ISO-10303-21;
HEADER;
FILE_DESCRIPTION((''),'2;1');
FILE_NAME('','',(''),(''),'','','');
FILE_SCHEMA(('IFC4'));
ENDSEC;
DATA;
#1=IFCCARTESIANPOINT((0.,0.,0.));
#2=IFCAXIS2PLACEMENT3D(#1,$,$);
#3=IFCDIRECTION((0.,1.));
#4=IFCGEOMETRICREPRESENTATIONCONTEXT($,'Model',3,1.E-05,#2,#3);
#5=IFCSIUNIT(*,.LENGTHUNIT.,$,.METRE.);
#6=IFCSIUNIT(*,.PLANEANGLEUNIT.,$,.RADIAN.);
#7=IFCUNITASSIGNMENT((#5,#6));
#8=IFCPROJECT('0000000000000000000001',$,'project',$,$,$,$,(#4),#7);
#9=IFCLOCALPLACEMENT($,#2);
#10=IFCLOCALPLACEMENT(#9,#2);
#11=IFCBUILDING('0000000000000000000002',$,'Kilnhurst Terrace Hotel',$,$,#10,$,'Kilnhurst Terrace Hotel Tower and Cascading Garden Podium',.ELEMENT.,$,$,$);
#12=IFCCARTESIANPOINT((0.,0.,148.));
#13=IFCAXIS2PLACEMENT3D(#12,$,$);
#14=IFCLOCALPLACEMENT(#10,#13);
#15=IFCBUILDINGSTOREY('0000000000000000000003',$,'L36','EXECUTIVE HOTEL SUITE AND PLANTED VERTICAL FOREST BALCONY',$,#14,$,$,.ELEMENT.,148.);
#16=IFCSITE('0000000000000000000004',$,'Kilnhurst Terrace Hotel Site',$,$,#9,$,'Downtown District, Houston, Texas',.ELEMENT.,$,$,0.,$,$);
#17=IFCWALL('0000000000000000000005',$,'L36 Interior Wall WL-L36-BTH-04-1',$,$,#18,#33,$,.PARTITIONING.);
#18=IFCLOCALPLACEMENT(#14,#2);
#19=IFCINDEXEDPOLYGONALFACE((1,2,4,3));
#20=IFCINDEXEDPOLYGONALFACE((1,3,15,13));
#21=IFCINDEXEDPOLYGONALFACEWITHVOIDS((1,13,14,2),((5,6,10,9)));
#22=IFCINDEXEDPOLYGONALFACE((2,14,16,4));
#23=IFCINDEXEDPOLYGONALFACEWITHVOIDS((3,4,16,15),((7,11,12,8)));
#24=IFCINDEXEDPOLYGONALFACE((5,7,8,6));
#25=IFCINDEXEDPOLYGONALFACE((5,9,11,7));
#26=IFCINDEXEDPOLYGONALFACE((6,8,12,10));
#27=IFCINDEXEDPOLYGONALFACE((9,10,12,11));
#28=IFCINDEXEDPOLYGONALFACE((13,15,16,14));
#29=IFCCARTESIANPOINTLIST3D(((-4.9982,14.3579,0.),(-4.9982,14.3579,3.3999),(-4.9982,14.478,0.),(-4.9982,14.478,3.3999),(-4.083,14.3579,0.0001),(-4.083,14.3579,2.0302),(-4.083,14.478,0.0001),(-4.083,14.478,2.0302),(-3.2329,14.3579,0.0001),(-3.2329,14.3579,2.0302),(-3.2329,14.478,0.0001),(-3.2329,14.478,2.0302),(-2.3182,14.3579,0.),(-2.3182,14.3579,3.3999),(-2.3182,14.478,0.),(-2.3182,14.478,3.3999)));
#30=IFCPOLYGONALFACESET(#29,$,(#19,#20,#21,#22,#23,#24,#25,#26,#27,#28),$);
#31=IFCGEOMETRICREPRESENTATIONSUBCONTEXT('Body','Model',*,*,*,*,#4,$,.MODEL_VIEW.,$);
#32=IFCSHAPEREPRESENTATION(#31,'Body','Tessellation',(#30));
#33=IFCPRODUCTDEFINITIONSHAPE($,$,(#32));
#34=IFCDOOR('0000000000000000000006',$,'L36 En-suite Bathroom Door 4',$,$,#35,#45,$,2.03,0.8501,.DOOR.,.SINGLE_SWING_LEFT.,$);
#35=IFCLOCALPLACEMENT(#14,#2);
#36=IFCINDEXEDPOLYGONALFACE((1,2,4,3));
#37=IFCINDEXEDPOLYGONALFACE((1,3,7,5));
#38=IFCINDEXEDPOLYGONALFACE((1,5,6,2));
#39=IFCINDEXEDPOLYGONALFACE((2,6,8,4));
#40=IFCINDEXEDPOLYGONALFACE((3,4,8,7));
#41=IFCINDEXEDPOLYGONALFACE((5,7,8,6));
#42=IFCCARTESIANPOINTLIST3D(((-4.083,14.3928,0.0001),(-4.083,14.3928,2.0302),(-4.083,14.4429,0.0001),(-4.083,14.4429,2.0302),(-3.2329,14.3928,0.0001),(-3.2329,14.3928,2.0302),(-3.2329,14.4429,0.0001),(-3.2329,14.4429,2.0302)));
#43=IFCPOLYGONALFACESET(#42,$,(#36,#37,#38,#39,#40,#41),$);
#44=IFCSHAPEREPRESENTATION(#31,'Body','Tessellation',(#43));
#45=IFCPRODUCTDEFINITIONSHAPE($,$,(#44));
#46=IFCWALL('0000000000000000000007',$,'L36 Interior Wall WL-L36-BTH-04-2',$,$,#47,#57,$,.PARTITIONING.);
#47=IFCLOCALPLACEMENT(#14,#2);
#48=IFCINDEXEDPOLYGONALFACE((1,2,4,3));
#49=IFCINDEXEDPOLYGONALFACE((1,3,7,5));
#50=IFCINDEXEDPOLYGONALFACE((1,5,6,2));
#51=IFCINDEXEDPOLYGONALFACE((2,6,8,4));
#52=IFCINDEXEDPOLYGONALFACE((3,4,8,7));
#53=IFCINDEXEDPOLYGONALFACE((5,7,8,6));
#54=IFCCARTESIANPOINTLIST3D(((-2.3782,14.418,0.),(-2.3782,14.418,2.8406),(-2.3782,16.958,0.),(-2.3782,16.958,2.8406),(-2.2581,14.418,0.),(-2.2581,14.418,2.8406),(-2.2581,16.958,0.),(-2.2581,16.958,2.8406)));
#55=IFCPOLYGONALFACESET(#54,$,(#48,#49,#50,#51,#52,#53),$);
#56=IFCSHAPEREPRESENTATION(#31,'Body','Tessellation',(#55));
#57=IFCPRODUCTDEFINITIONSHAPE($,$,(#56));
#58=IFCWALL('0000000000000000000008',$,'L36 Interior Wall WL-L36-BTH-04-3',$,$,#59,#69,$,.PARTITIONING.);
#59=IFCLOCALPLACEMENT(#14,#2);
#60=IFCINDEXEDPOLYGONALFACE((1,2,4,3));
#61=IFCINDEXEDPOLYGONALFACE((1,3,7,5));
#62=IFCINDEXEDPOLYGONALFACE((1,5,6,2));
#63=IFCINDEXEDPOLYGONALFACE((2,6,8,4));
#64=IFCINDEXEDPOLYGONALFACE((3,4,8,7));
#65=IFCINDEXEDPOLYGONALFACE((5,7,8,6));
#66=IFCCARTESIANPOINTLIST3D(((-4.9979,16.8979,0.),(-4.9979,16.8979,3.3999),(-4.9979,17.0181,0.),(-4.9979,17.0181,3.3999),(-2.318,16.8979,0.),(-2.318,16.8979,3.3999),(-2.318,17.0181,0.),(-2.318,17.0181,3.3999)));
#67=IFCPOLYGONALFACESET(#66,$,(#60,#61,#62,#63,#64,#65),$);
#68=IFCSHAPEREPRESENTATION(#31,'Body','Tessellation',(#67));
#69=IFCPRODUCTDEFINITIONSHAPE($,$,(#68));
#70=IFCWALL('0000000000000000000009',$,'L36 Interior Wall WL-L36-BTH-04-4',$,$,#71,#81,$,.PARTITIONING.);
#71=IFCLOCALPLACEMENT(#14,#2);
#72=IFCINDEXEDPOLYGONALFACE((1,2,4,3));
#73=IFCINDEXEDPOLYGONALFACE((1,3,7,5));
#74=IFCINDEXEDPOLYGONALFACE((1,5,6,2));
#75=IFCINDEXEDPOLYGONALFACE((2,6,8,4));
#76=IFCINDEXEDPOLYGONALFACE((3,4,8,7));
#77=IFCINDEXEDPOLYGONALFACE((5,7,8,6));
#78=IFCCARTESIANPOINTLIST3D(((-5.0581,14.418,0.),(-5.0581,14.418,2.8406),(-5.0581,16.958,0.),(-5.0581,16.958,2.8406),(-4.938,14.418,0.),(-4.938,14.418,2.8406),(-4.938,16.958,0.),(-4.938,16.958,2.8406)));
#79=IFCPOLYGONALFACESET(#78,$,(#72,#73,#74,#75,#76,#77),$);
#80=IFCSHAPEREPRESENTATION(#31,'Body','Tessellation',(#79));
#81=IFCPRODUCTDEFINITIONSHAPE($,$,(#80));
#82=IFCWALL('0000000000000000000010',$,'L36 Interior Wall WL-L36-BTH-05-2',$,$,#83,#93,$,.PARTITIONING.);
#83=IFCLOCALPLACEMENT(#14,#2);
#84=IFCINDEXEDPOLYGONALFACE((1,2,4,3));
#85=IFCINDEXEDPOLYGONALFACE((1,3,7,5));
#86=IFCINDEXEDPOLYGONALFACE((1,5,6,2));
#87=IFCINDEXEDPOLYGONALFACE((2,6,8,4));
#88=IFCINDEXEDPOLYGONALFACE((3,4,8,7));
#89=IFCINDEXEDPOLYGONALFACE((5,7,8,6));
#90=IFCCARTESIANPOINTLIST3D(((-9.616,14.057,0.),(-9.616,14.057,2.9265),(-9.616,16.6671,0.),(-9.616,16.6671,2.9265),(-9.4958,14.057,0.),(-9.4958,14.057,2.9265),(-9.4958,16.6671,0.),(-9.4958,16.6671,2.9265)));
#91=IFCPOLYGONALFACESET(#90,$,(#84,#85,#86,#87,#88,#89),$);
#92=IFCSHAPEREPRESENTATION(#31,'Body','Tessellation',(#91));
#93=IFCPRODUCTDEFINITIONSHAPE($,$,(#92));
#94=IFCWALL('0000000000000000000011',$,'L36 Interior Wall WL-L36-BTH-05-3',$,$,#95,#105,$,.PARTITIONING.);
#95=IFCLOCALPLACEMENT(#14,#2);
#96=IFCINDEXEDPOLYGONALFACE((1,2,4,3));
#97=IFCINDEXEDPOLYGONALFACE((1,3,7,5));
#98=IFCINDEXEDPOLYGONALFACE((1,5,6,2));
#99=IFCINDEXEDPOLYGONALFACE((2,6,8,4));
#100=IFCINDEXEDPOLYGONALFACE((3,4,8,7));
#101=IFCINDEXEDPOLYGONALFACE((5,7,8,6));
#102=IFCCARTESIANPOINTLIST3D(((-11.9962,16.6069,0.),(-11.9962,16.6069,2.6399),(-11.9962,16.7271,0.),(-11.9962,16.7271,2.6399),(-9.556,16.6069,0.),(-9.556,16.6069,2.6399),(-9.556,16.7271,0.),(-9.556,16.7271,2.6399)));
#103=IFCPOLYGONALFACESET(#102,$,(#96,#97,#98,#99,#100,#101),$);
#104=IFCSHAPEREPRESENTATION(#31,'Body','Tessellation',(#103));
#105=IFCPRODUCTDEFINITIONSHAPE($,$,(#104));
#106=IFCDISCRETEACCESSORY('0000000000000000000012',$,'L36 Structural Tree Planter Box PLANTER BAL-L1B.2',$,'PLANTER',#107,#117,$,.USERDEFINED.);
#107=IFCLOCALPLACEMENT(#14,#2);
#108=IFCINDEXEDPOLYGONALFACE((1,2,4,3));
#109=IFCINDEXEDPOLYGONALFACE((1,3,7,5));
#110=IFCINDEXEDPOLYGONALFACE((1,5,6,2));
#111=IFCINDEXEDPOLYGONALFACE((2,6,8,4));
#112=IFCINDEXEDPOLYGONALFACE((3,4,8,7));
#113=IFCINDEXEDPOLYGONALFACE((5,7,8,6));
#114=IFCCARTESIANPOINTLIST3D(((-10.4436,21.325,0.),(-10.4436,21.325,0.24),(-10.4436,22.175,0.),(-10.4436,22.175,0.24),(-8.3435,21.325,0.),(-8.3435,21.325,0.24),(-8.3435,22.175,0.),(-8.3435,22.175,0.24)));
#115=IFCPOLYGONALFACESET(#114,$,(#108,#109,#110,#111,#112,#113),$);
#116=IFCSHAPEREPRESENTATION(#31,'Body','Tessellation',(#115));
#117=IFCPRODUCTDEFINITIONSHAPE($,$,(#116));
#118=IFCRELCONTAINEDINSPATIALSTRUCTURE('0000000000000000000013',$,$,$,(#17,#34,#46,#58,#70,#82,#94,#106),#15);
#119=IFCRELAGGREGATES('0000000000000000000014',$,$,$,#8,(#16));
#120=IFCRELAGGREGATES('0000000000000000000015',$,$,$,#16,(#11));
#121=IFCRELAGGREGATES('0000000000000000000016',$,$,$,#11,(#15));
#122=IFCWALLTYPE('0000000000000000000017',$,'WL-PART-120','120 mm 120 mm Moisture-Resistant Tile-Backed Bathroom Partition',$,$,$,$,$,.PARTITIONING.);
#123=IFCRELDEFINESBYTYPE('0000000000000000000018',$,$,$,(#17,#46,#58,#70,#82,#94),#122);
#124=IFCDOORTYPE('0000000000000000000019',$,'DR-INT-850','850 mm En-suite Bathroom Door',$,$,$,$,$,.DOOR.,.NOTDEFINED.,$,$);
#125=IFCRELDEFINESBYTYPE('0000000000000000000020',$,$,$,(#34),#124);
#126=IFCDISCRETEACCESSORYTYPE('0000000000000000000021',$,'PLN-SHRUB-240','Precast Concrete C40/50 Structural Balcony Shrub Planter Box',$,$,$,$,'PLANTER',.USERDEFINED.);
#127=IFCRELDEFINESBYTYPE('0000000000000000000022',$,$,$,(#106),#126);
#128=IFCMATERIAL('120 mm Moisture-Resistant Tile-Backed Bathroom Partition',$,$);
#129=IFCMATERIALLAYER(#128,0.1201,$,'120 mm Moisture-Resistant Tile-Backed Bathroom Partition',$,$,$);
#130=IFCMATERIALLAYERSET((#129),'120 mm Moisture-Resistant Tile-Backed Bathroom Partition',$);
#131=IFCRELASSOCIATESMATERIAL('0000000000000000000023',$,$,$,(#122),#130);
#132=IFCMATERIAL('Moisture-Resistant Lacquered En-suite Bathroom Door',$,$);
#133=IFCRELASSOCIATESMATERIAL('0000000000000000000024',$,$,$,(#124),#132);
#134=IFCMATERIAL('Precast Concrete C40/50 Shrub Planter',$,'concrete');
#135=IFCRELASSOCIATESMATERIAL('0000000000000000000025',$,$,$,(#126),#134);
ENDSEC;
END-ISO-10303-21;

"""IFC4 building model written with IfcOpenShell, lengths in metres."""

from ifc_helpers import new_model, si_unit, direction, frame, frame_2d, origin, origin_2d, place, context, subcontext, project, spatial, rectangle, extrude, material, layer, layer_set, type_object, element, fill, save


model = new_model("IFC4")

# Units and contexts
model_context = context("Model", 3, precision=1e-05, world=origin(), true_north=direction((0.0, 1.0)))
body_context = subcontext(model_context, "Body", "Model", "MODEL_VIEW")
ifc_project = project(units=[si_unit("LENGTHUNIT", "METRE"), si_unit("PLANEANGLEUNIT", "RADIAN")], contexts=[model_context])

# Site, building, storey
site_placement = place(None, origin())
site = spatial("IfcSite", under=ifc_project, at=site_placement, Name="Kilnhurst Terrace Hotel Site", LongName="Downtown District, Houston, Texas", CompositionType="ELEMENT", RefElevation=0.0)
building_placement = place(site_placement, origin())
building = spatial("IfcBuilding", under=site, at=building_placement, Name="Kilnhurst Terrace Hotel", LongName="Kilnhurst Terrace Hotel Tower and Cascading Garden Podium", CompositionType="ELEMENT")
storey_placement = place(building_placement, frame((0.0, 0.0, 148.0)))
storey = spatial("IfcBuildingStorey", under=building, at=storey_placement, Name="L36", Description="EXECUTIVE HOTEL SUITE AND PLANTED VERTICAL FOREST BALCONY", CompositionType="ELEMENT", Elevation=148.0)

# Wall, opening, door
ifc_material_1 = material(Name="120 mm Moisture-Resistant Tile-Backed Bathroom Partition")
ifc_layer_1 = layer(ifc_material_1, 0.1201, Name="120 mm Moisture-Resistant Tile-Backed Bathroom Partition")
ifc_layer_set_1 = layer_set([ifc_layer_1], Name="120 mm Moisture-Resistant Tile-Backed Bathroom Partition")
wall_type_1 = type_object("IfcWallType", Name="WL-PART-120", Description="120 mm 120 mm Moisture-Resistant Tile-Backed Bathroom Partition", PredefinedType="PARTITIONING", material=ifc_layer_set_1)
wall_1_placement = place(storey_placement, frame((-4.998, 14.418, 0.0), z_axis=(0.0, 0.0, 1.0), x_axis=(1.0, 0.0, 0.0)))
wall_1 = element("IfcWall", 1, at=wall_1_placement, inside=storey, type_object=wall_type_1, Name="L36 Interior Wall WL-L36-BTH-04-1", PredefinedType="PARTITIONING", context=body_context, shape_type="SweptSolid", body=[
    extrude(rectangle(XDim=2.6799, YDim=0.1201, at=frame_2d((1.3398, 0.0))), origin(), (0.0, 0.0, 1.0), 3.3999),
])
opening_placement = place(wall_1_placement, frame((0.915, 0.0, 0.0)))
opening = element("IfcOpeningElement", 2, at=opening_placement, cuts=wall_1, PredefinedType="OPENING", context=body_context, shape_type="SweptSolid", body=[
    extrude(rectangle(XDim=0.8501, YDim=2.03, at=frame_2d((0.425, 1.0151))), frame((0.0, 0.0701, 0.0), z_axis=(0.0, -1.0, 0.0), x_axis=(1.0, 0.0, 0.0)), (0.0, 0.0, 1.0), 0.1401),
])
ifc_material_2 = material(Name="Moisture-Resistant Lacquered En-suite Bathroom Door")
door_type = type_object("IfcDoorType", Name="DR-INT-850", Description="850 mm En-suite Bathroom Door", OperationType="NOTDEFINED", PredefinedType="DOOR", material=ifc_material_2)
door_placement = place(opening_placement, origin())
door = element("IfcDoor", 3, at=door_placement, inside=storey, type_object=door_type, Name="L36 En-suite Bathroom Door 4", OperationType="SINGLE_SWING_LEFT", OverallHeight=2.03, OverallWidth=0.8501, PredefinedType="DOOR", context=body_context, shape_type="SweptSolid", body=[
    extrude(rectangle(XDim=0.8501, YDim=2.03, at=frame_2d((0.425, 1.0151))), frame((0.0, 0.0249, 0.0), z_axis=(0.0, -1.0, 0.0), x_axis=(1.0, 0.0, 0.0)), (0.0, 0.0, 1.0), 0.05),
])
fill(opening, door)

# Walls
wall_2_placement = place(storey_placement, frame((-2.3181, 14.418, 0.0), z_axis=(0.0, 0.0, 1.0), x_axis=(0.0, 1.0, 0.0)))
element("IfcWall", 4, at=wall_2_placement, inside=storey, type_object=wall_type_1, Name="L36 Interior Wall WL-L36-BTH-04-2", PredefinedType="PARTITIONING", context=body_context, shape_type="SweptSolid", body=[
    extrude(rectangle(XDim=2.54, YDim=0.1201, at=frame_2d((1.27, 0.0))), origin(), (0.0, 0.0, 1.0), 2.8406),
])
wall_3_placement = place(storey_placement, frame((-2.3181, 16.958, 0.0), z_axis=(0.0, 0.0, 1.0), x_axis=(-1.0, 0.0, 0.0)))
element("IfcWall", 5, at=wall_3_placement, inside=storey, type_object=wall_type_1, Name="L36 Interior Wall WL-L36-BTH-04-3", PredefinedType="PARTITIONING", context=body_context, shape_type="SweptSolid", body=[
    extrude(rectangle(XDim=2.6799, YDim=0.1201, at=frame_2d((1.3398, 0.0))), origin(), (0.0, 0.0, 1.0), 3.3999),
])
wall_4_placement = place(storey_placement, frame((-4.998, 16.958, 0.0), z_axis=(0.0, 0.0, 1.0), x_axis=(0.0, -1.0, 0.0)))
element("IfcWall", 6, at=wall_4_placement, inside=storey, type_object=wall_type_1, Name="L36 Interior Wall WL-L36-BTH-04-4", PredefinedType="PARTITIONING", context=body_context, shape_type="SweptSolid", body=[
    extrude(rectangle(XDim=2.54, YDim=0.1201, at=frame_2d((1.27, 0.0))), origin(), (0.0, 0.0, 1.0), 2.8406),
])
wall_5_placement = place(storey_placement, frame((-9.5559, 14.0569, 0.0), z_axis=(0.0, 0.0, 1.0), x_axis=(0.0, 1.0, 0.0)))
element("IfcWall", 7, at=wall_5_placement, inside=storey, type_object=wall_type_1, Name="L36 Interior Wall WL-L36-BTH-05-2", PredefinedType="PARTITIONING", context=body_context, shape_type="SweptSolid", body=[
    extrude(rectangle(XDim=2.6101, YDim=0.1201, at=frame_2d((1.3052, 0.0))), origin(), (0.0, 0.0, 1.0), 2.9265),
])
wall_6_placement = place(storey_placement, frame((-9.5559, 16.667, 0.0), z_axis=(0.0, 0.0, 1.0), x_axis=(-1.0, 0.0, 0.0)))
element("IfcWall", 8, at=wall_6_placement, inside=storey, type_object=wall_type_1, Name="L36 Interior Wall WL-L36-BTH-05-3", PredefinedType="PARTITIONING", context=body_context, shape_type="SweptSolid", body=[
    extrude(rectangle(XDim=2.4402, YDim=0.1201, at=frame_2d((1.2202, 0.0))), origin(), (0.0, 0.0, 1.0), 2.6399),
])

# Discrete accessory
ifc_material_3 = material(Name="Precast Concrete C40/50 Shrub Planter", Category="concrete")
discrete_accessory_type = type_object("IfcDiscreteAccessoryType", Name="PLN-SHRUB-240", Description="Precast Concrete C40/50 Structural Balcony Shrub Planter Box", ElementType="PLANTER", PredefinedType="USERDEFINED", material=ifc_material_3)
discrete_accessory_placement = place(storey_placement, frame((-9.3936, 21.75, 0.0), z_axis=(0.0, 0.0, 1.0), x_axis=(-1.0, 0.0, 0.0)))
element("IfcDiscreteAccessory", 9, at=discrete_accessory_placement, inside=storey, type_object=discrete_accessory_type, Name="L36 Structural Tree Planter Box PLANTER BAL-L1B.2", ObjectType="PLANTER", PredefinedType="USERDEFINED", context=body_context, shape_type="SweptSolid", body=[
    extrude(rectangle(XDim=2.1001, YDim=0.8501, at=origin_2d()), origin(), (0.0, 0.0, 1.0), 0.24),
])

save(model, "model.ifc")
